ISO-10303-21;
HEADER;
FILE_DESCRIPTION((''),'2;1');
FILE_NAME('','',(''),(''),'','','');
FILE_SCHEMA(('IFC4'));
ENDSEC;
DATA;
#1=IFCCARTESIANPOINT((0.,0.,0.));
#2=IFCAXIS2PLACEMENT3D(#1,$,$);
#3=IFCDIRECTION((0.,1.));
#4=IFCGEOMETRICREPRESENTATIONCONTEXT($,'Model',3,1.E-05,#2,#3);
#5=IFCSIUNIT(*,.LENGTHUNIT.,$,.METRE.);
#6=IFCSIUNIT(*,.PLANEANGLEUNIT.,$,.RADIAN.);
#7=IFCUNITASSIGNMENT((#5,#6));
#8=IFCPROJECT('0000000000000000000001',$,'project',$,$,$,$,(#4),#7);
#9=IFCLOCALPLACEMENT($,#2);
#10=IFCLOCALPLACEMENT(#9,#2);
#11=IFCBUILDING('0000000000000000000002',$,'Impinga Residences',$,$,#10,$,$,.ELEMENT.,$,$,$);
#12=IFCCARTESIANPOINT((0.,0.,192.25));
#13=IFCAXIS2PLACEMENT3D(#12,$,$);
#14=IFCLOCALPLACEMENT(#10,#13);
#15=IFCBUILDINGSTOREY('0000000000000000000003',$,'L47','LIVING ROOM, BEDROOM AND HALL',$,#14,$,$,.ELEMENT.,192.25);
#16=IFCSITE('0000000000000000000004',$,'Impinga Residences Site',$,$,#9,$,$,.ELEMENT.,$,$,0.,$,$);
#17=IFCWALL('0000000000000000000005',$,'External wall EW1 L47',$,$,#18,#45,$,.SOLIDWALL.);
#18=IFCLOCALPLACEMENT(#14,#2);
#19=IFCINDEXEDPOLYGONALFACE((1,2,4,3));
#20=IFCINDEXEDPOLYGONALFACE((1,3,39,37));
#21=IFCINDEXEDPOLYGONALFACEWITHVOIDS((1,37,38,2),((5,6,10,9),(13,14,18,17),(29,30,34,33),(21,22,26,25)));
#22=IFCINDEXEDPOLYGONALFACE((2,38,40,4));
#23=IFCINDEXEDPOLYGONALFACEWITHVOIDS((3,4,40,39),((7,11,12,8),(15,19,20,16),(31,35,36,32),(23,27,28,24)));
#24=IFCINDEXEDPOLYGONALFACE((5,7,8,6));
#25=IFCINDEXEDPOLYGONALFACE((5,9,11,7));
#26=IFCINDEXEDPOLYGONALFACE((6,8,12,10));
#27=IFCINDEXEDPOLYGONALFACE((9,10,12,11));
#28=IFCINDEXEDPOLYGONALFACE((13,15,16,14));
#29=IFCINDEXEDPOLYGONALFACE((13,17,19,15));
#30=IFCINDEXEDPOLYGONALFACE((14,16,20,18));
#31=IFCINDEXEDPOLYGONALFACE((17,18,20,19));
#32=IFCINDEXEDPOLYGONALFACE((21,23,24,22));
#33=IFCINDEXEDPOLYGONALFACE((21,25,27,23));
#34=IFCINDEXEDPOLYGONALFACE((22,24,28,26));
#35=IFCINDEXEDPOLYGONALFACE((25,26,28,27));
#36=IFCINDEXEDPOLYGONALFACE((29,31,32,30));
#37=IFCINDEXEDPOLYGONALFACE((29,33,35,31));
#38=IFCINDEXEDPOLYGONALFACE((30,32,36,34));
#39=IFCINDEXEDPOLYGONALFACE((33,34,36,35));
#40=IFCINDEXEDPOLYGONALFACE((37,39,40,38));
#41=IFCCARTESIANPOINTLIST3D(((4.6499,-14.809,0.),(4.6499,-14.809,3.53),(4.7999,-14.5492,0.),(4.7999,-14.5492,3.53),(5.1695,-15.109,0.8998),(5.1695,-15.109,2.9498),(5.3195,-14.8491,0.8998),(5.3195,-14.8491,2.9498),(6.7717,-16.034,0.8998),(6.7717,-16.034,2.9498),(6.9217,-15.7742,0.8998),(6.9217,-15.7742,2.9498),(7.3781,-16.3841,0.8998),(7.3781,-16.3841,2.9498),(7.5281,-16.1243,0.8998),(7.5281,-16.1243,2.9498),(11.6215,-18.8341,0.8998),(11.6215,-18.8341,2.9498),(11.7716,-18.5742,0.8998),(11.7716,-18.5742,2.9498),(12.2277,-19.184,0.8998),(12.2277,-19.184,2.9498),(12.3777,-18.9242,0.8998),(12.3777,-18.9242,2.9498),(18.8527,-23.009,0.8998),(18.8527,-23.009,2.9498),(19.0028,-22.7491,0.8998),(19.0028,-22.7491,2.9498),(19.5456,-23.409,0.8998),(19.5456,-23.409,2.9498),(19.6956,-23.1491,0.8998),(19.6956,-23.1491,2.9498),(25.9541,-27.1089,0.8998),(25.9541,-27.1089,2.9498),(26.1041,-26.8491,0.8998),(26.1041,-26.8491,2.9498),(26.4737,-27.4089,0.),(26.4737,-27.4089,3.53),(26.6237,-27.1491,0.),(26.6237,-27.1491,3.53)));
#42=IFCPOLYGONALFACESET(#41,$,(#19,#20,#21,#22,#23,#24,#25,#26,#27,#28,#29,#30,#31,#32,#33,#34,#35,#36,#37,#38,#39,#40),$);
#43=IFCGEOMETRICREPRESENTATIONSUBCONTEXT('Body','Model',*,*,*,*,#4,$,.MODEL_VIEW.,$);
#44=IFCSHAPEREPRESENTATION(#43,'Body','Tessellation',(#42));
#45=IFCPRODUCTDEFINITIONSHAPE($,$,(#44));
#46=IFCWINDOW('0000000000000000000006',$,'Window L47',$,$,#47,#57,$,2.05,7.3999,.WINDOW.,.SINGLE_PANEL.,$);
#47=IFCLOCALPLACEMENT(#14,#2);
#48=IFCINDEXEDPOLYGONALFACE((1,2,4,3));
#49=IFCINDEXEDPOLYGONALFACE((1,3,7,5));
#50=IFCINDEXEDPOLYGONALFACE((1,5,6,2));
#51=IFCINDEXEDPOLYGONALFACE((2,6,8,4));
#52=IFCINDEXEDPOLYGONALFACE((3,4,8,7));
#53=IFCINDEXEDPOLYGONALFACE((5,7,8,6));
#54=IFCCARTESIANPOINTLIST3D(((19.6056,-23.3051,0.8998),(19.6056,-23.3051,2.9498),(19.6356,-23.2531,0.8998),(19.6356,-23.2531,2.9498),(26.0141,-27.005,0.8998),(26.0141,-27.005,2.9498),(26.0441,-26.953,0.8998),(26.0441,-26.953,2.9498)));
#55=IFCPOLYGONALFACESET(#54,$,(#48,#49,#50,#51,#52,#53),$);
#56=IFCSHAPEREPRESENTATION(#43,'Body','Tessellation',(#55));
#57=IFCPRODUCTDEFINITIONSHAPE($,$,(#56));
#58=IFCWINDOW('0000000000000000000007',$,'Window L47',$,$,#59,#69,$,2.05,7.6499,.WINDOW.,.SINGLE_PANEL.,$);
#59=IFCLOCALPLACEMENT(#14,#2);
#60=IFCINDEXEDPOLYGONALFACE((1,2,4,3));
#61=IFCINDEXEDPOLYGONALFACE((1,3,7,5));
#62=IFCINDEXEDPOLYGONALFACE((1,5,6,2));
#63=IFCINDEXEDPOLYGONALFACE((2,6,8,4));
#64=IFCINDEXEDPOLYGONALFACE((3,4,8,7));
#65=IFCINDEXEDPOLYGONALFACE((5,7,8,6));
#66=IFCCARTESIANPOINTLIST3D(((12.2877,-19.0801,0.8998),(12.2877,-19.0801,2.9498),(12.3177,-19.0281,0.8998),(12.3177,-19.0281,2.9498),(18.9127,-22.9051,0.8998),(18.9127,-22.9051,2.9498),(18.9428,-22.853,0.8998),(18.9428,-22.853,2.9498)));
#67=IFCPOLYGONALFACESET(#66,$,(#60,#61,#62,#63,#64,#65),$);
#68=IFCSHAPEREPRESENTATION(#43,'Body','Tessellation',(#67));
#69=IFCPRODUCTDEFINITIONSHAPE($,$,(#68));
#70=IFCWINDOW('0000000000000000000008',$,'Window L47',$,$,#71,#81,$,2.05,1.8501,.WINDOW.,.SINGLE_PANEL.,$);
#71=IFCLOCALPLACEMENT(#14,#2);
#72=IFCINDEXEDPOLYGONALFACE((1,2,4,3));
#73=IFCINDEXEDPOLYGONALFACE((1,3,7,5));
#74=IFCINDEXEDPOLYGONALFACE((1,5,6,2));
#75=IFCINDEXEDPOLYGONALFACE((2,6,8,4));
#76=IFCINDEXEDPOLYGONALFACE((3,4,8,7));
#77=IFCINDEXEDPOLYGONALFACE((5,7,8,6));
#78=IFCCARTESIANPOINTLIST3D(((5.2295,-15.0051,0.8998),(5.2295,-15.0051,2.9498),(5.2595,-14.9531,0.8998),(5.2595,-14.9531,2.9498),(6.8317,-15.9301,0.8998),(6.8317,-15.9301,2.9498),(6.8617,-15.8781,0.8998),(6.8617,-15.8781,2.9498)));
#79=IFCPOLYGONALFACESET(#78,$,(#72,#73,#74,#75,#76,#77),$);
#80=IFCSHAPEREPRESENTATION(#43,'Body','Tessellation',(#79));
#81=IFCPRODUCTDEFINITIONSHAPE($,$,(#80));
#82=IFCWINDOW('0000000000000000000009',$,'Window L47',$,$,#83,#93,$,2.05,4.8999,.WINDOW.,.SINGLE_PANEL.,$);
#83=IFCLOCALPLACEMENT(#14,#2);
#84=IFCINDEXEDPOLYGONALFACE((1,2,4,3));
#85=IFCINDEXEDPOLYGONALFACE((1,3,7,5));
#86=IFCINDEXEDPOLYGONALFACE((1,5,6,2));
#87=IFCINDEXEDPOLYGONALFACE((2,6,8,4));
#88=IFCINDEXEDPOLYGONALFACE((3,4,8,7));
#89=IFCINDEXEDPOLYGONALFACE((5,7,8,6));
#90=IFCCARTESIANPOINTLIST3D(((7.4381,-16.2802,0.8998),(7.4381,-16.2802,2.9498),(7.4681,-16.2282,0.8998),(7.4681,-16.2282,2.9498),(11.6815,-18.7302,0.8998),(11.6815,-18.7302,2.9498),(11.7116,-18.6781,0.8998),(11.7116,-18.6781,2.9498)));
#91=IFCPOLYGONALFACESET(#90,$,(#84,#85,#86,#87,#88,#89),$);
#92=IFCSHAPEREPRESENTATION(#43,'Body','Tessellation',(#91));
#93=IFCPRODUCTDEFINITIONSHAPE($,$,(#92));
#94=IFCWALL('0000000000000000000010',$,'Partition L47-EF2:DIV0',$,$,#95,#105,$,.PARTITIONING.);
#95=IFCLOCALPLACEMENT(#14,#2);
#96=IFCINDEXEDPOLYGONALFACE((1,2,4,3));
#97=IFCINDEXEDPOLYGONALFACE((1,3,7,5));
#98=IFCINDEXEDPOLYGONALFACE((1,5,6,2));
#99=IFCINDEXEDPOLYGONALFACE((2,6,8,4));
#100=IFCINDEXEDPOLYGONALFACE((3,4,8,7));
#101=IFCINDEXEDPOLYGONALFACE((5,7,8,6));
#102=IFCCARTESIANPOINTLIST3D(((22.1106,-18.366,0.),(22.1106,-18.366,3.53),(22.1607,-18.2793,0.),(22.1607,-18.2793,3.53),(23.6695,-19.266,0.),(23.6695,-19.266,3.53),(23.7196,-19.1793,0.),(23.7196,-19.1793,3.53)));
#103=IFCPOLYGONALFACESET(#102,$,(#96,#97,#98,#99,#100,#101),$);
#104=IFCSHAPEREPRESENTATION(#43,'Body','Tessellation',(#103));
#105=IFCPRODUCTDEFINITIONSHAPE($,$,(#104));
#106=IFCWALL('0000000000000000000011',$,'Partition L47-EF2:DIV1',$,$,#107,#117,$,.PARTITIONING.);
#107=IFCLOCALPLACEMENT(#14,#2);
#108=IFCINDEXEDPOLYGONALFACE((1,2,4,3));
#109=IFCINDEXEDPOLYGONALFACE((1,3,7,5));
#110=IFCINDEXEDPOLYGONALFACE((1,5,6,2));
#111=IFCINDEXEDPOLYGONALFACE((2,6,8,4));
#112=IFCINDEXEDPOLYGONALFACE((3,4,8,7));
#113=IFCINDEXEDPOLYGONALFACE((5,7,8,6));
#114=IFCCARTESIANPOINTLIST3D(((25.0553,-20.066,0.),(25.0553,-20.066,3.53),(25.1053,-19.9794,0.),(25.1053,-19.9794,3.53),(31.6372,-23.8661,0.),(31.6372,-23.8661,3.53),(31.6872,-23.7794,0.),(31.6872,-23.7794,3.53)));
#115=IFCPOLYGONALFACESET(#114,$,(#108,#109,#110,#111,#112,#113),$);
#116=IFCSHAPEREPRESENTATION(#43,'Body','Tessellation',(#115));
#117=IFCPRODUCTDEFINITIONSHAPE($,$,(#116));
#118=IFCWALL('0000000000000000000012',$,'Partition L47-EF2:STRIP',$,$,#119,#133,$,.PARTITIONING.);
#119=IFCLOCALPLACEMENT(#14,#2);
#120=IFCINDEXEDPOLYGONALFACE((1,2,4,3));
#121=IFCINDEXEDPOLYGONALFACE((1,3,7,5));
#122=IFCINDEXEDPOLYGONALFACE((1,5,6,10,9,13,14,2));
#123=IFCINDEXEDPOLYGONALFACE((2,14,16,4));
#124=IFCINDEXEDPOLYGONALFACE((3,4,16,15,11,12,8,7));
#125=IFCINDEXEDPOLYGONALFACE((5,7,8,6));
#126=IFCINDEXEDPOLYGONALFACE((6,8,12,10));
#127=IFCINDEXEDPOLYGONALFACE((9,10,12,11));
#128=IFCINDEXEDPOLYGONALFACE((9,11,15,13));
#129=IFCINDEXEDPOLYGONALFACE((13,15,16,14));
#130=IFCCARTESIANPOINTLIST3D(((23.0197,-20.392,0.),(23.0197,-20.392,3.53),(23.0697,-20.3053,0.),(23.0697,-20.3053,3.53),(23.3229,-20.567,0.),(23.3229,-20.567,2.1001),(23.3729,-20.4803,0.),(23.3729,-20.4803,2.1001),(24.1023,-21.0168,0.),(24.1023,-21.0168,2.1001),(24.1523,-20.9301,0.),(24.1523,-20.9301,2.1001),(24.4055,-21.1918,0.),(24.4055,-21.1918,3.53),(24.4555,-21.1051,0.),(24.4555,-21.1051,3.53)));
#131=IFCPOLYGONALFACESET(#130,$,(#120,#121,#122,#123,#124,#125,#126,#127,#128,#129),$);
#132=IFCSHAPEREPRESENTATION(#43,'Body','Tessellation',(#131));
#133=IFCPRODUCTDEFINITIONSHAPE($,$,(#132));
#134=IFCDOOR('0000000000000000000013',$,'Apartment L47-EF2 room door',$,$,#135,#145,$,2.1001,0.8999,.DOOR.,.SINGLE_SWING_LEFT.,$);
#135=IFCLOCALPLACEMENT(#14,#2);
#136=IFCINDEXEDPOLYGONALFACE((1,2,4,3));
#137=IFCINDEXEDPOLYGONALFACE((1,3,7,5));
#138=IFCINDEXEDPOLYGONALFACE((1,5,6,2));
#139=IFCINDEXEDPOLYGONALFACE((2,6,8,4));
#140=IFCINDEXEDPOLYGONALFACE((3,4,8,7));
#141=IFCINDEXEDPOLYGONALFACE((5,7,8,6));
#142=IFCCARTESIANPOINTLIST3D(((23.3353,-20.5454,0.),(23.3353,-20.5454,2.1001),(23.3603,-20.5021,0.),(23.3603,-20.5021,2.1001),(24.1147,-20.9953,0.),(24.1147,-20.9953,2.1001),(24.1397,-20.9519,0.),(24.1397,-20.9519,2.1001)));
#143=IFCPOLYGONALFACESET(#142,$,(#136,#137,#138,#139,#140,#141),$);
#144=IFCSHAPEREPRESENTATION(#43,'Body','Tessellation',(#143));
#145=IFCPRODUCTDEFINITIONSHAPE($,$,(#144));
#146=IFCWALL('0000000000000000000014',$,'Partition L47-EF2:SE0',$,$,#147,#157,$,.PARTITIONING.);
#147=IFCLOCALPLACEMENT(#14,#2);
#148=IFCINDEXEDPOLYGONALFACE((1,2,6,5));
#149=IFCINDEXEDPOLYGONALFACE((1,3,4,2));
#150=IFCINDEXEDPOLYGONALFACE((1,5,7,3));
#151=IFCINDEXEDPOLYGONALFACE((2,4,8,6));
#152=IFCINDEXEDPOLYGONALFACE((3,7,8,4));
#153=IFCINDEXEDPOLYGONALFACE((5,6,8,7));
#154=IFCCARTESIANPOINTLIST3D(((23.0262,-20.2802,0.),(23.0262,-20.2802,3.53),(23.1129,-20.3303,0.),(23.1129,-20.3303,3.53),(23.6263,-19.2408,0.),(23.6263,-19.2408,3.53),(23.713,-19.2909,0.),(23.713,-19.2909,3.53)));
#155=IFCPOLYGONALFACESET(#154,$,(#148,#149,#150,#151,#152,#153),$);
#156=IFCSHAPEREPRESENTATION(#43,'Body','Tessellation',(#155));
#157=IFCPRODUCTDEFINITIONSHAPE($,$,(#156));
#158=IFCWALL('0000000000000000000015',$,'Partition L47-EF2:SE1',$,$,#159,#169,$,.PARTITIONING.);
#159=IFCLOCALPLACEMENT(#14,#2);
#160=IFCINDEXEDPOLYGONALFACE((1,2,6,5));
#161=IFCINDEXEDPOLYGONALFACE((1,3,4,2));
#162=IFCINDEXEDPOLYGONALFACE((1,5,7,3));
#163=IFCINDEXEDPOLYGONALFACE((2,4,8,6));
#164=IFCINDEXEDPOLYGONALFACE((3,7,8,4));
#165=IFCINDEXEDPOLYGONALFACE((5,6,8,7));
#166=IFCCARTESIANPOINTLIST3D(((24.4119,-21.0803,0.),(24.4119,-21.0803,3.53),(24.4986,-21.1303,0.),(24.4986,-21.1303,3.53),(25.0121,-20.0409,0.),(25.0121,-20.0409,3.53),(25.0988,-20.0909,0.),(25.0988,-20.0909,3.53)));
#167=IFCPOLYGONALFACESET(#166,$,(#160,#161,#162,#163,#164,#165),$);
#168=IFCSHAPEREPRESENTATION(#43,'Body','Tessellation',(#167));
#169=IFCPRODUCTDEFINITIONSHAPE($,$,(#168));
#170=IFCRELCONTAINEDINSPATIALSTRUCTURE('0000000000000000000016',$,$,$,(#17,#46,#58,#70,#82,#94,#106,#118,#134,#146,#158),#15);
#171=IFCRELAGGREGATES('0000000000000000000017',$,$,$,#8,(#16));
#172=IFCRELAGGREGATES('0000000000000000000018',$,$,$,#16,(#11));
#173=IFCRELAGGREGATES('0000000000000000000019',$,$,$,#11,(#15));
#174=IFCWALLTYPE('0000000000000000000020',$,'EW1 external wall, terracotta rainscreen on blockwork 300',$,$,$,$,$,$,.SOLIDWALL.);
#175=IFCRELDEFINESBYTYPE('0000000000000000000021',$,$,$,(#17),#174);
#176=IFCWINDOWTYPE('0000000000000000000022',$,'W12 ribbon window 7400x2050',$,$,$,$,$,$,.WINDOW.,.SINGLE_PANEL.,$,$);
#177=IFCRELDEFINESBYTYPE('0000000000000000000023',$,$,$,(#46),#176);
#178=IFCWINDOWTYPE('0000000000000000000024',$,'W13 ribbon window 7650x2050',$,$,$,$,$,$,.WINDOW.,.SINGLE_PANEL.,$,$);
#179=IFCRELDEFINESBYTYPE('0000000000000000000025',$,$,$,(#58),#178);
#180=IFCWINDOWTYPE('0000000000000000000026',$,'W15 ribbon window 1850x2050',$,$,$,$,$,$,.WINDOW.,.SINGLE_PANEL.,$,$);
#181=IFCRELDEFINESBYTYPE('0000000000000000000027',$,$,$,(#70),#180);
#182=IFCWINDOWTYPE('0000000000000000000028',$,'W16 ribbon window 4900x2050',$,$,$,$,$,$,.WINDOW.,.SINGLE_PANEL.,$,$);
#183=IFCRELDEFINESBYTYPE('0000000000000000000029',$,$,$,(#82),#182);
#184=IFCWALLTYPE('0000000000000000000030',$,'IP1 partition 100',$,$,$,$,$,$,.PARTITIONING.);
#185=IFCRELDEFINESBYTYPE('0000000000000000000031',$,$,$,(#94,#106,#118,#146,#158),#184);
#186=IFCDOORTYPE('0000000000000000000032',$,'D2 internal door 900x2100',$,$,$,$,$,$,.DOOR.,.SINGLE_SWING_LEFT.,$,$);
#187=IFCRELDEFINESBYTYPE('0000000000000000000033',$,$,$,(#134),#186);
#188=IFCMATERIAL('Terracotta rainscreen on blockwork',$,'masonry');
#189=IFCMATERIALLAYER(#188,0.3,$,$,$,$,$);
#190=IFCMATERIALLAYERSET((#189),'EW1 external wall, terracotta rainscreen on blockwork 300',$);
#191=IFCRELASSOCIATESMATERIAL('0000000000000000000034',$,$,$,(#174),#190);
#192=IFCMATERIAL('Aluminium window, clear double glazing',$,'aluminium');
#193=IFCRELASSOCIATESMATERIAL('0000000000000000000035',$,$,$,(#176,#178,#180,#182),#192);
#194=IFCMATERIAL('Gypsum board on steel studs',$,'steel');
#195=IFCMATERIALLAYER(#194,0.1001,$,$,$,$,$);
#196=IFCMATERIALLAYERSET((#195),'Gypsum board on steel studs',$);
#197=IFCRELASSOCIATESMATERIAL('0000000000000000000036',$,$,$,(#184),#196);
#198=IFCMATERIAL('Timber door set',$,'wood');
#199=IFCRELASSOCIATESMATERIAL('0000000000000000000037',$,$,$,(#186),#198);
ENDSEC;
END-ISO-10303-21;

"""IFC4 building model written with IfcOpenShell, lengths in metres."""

from ifc_helpers import new_model, si_unit, direction, frame, frame_2d, origin, place, context, subcontext, project, spatial, rectangle, extrude, material, layer, layer_set, type_object, element, fill, save


model = new_model("IFC4")

# Units and contexts
model_context = context("Model", 3, precision=1e-05, world=origin(), true_north=direction((0.0, 1.0)))
body_context = subcontext(model_context, "Body", "Model", "MODEL_VIEW")
ifc_project = project(units=[si_unit("LENGTHUNIT", "METRE"), si_unit("PLANEANGLEUNIT", "RADIAN")], contexts=[model_context])

# Site, building, storey
site_placement = place(None, origin())
site = spatial("IfcSite", under=ifc_project, at=site_placement, Name="Impinga Residences Site", CompositionType="ELEMENT", RefElevation=0.0)
building_placement = place(site_placement, origin())
building = spatial("IfcBuilding", under=site, at=building_placement, Name="Impinga Residences", CompositionType="ELEMENT")
storey_placement = place(building_placement, frame((0.0, 0.0, 192.25)))
storey = spatial("IfcBuildingStorey", under=building, at=storey_placement, Name="L47", Description="LIVING ROOM, BEDROOM AND HALL", CompositionType="ELEMENT", Elevation=192.25)

# Shared definitions
ifc_material_1 = material(Name="Timber door set", Category="wood")

# Shared definitions
ifc_material_2 = material(Name="Terracotta rainscreen on blockwork", Category="masonry")
ifc_layer_1 = layer(ifc_material_2, 0.3)
ifc_layer_set_1 = layer_set([ifc_layer_1], Name="EW1 external wall, terracotta rainscreen on blockwork 300")
wall_type_1 = type_object("IfcWallType", Name="EW1 external wall, terracotta rainscreen on blockwork 300", PredefinedType="SOLIDWALL", material=ifc_layer_set_1)

# Wall, openings, windows
wall_1_placement = place(storey_placement, frame((26.5488, -27.2791, 0.0), z_axis=(0.0, 0.0, 1.0), x_axis=(-0.866027, 0.499998, 0.0)))
wall_1 = element("IfcWall", 1, at=wall_1_placement, inside=storey, type_object=wall_type_1, Name="External wall EW1 L47", PredefinedType="SOLIDWALL", context=body_context, shape_type="SweptSolid", body=[
    extrude(rectangle(XDim=25.2, YDim=0.3, at=frame_2d((12.6001, 0.0))), origin(), (0.0, 0.0, 1.0), 3.53),
])
opening_1_placement = place(wall_1_placement, frame((0.6001, 0.0, 0.8999)))
opening_1 = element("IfcOpeningElement", 2, at=opening_1_placement, cuts=wall_1, PredefinedType="OPENING", context=body_context, shape_type="SweptSolid", body=[
    extrude(rectangle(XDim=7.3999, YDim=2.05, at=frame_2d((3.7, 1.0249))), frame((0.0, 0.1599, 0.0), z_axis=(0.0, -1.0, 0.0), x_axis=(1.0, 0.0, 0.0)), (0.0, 0.0, 1.0), 0.3201),
])
opening_2_placement = place(wall_1_placement, frame((8.8, 0.0, 0.8999)))
opening_2 = element("IfcOpeningElement", 3, at=opening_2_placement, cuts=wall_1, PredefinedType="OPENING", context=body_context, shape_type="SweptSolid", body=[
    extrude(rectangle(XDim=7.6499, YDim=2.05, at=frame_2d((3.825, 1.0249))), frame((0.0, 0.1599, 0.0), z_axis=(0.0, -1.0, 0.0), x_axis=(1.0, 0.0, 0.0)), (0.0, 0.0, 1.0), 0.3201),
])
opening_3_placement = place(wall_1_placement, frame((17.1499, 0.0, 0.8999)))
opening_3 = element("IfcOpeningElement", 4, at=opening_3_placement, cuts=wall_1, PredefinedType="OPENING", context=body_context, shape_type="SweptSolid", body=[
    extrude(rectangle(XDim=4.8999, YDim=2.05, at=frame_2d((2.45, 1.0249))), frame((0.0, 0.1599, 0.0), z_axis=(0.0, -1.0, 0.0), x_axis=(1.0, 0.0, 0.0)), (0.0, 0.0, 1.0), 0.3201),
])
opening_4_placement = place(wall_1_placement, frame((22.75, 0.0, 0.8999)))
opening_4 = element("IfcOpeningElement", 5, at=opening_4_placement, cuts=wall_1, PredefinedType="OPENING", context=body_context, shape_type="SweptSolid", body=[
    extrude(rectangle(XDim=1.8501, YDim=2.05, at=frame_2d((0.925, 1.0249))), frame((0.0, 0.1599, 0.0), z_axis=(0.0, -1.0, 0.0), x_axis=(1.0, 0.0, 0.0)), (0.0, 0.0, 1.0), 0.3201),
])
ifc_material_3 = material(Name="Aluminium window, clear double glazing", Category="aluminium")
window_type_1 = type_object("IfcWindowType", Name="W12 ribbon window 7400x2050", PartitioningType="SINGLE_PANEL", PredefinedType="WINDOW", material=ifc_material_3)
window_1_placement = place(opening_1_placement, origin())
window_1 = element("IfcWindow", 6, at=window_1_placement, inside=storey, type_object=window_type_1, Name="Window L47", OverallHeight=2.05, OverallWidth=7.3999, PartitioningType="SINGLE_PANEL", PredefinedType="WINDOW", context=body_context, shape_type="SweptSolid", body=[
    extrude(rectangle(XDim=7.3999, YDim=2.05, at=frame_2d((3.7, 1.0249))), frame((0.0, 0.03, 0.0), z_axis=(0.0, -1.0, 0.0), x_axis=(1.0, 0.0, 0.0)), (0.0, 0.0, 1.0), 0.0601),
])
fill(opening_1, window_1)
window_type_2 = type_object("IfcWindowType", Name="W13 ribbon window 7650x2050", PartitioningType="SINGLE_PANEL", PredefinedType="WINDOW", material=ifc_material_3)
window_2_placement = place(opening_2_placement, origin())
window_2 = element("IfcWindow", 7, at=window_2_placement, inside=storey, type_object=window_type_2, Name="Window L47", OverallHeight=2.05, OverallWidth=7.6499, PartitioningType="SINGLE_PANEL", PredefinedType="WINDOW", context=body_context, shape_type="SweptSolid", body=[
    extrude(rectangle(XDim=7.6499, YDim=2.05, at=frame_2d((3.825, 1.0249))), frame((0.0, 0.03, 0.0), z_axis=(0.0, -1.0, 0.0), x_axis=(1.0, 0.0, 0.0)), (0.0, 0.0, 1.0), 0.0601),
])
fill(opening_2, window_2)
window_type_3 = type_object("IfcWindowType", Name="W15 ribbon window 1850x2050", PartitioningType="SINGLE_PANEL", PredefinedType="WINDOW", material=ifc_material_3)
window_3_placement = place(opening_4_placement, origin())
window_3 = element("IfcWindow", 8, at=window_3_placement, inside=storey, type_object=window_type_3, Name="Window L47", OverallHeight=2.05, OverallWidth=1.8501, PartitioningType="SINGLE_PANEL", PredefinedType="WINDOW", context=body_context, shape_type="SweptSolid", body=[
    extrude(rectangle(XDim=1.8501, YDim=2.05, at=frame_2d((0.925, 1.0249))), frame((0.0, 0.03, 0.0), z_axis=(0.0, -1.0, 0.0), x_axis=(1.0, 0.0, 0.0)), (0.0, 0.0, 1.0), 0.0601),
])
fill(opening_4, window_3)
window_type_4 = type_object("IfcWindowType", Name="W16 ribbon window 4900x2050", PartitioningType="SINGLE_PANEL", PredefinedType="WINDOW", material=ifc_material_3)
window_4_placement = place(opening_3_placement, origin())
window_4 = element("IfcWindow", 9, at=window_4_placement, inside=storey, type_object=window_type_4, Name="Window L47", OverallHeight=2.05, OverallWidth=4.8999, PartitioningType="SINGLE_PANEL", PredefinedType="WINDOW", context=body_context, shape_type="SweptSolid", body=[
    extrude(rectangle(XDim=4.8999, YDim=2.05, at=frame_2d((2.45, 1.0249))), frame((0.0, 0.03, 0.0), z_axis=(0.0, -1.0, 0.0), x_axis=(1.0, 0.0, 0.0)), (0.0, 0.0, 1.0), 0.0601),
])
fill(opening_3, window_4)

# Walls
ifc_material_4 = material(Name="Gypsum board on steel studs", Category="steel")
ifc_layer_2 = layer(ifc_material_4, 0.1001)
ifc_layer_set_2 = layer_set([ifc_layer_2], Name="Gypsum board on steel studs")
wall_type_2 = type_object("IfcWallType", Name="IP1 partition 100", PredefinedType="PARTITIONING", material=ifc_layer_set_2)
wall_2_placement = place(storey_placement, frame((22.1357, -18.3228, 0.0), z_axis=(0.0, 0.0, 1.0), x_axis=(0.866048, -0.499961, 0.0)))
element("IfcWall", 10, at=wall_2_placement, inside=storey, type_object=wall_type_2, Name="Partition L47-EF2:DIV0", PredefinedType="PARTITIONING", context=body_context, shape_type="SweptSolid", body=[
    extrude(rectangle(XDim=1.8, YDim=0.1001, at=frame_2d((0.8999, 0.0))), origin(), (0.0, 0.0, 1.0), 3.53),
])
wall_3_placement = place(storey_placement, frame((25.0803, -20.0227, 0.0), z_axis=(0.0, 0.0, 1.0), x_axis=(0.866022, -0.500005, 0.0)))
element("IfcWall", 11, at=wall_3_placement, inside=storey, type_object=wall_type_2, Name="Partition L47-EF2:DIV1", PredefinedType="PARTITIONING", context=body_context, shape_type="SweptSolid", body=[
    extrude(rectangle(XDim=7.6001, YDim=0.1001, at=frame_2d((3.8, 0.0))), origin(), (0.0, 0.0, 1.0), 3.53),
])

# Wall, opening, door
wall_4_placement = place(storey_placement, frame((23.0447, -20.3486, 0.0), z_axis=(0.0, 0.0, 1.0), x_axis=(0.866094, -0.499881, 0.0)))
wall_4 = element("IfcWall", 12, at=wall_4_placement, inside=storey, type_object=wall_type_2, Name="Partition L47-EF2:STRIP", PredefinedType="PARTITIONING", context=body_context, shape_type="SweptSolid", body=[
    extrude(rectangle(XDim=1.6001, YDim=0.1001, at=frame_2d((0.8, 0.0))), origin(), (0.0, 0.0, 1.0), 3.53),
])
opening_5_placement = place(wall_4_placement, frame((0.3501, 0.0, 0.0)))
opening_5 = element("IfcOpeningElement", 13, at=opening_5_placement, cuts=wall_4, PredefinedType="OPENING", context=body_context, shape_type="SweptSolid", body=[
    extrude(rectangle(XDim=0.8999, YDim=2.1001, at=frame_2d((0.45, 1.05))), frame((0.0, 0.0601, 0.0), z_axis=(0.0, -1.0, 0.0), x_axis=(1.0, 0.0, 0.0)), (0.0, 0.0, 1.0), 0.1201),
])
door_type_1 = type_object("IfcDoorType", Name="D2 internal door 900x2100", OperationType="SINGLE_SWING_LEFT", PredefinedType="DOOR", material=ifc_material_1)
door_1_placement = place(opening_5_placement, origin())
door_1 = element("IfcDoor", 14, at=door_1_placement, inside=storey, type_object=door_type_1, Name="Apartment L47-EF2 room door", OperationType="SINGLE_SWING_LEFT", OverallHeight=2.1001, OverallWidth=0.8999, PredefinedType="DOOR", context=body_context, shape_type="SweptSolid", body=[
    extrude(rectangle(XDim=0.8999, YDim=2.1001, at=frame_2d((0.45, 1.05))), frame((0.0, 0.0249, 0.0), z_axis=(0.0, -1.0, 0.0), x_axis=(1.0, 0.0, 0.0)), (0.0, 0.0, 1.0), 0.05),
])
fill(opening_5, door_1)

# Walls
for number, where, z_axis, x_axis, name in (
    (15, (23.6697, -19.2659, 0.0), (0.0, 0.0, 1.0), (-0.500034, -0.866006, 0.0), "Partition L47-EF2:SE0"),
    (16, (25.0554, -20.0659, 0.0), (0.0, 0.0, 1.0), (-0.500034, -0.866006, 0.0), "Partition L47-EF2:SE1"),
):
    element("IfcWall", number, at=place(storey_placement, frame(where, z_axis=z_axis, x_axis=x_axis)), inside=storey, type_object=wall_type_2, Name=name, PredefinedType="PARTITIONING", context=body_context, shape_type="SweptSolid", body=[
        extrude(rectangle(XDim=1.2002, YDim=0.1001, at=frame_2d((0.6001, 0.0))), origin(), (0.0, 0.0, 1.0), 3.53),
    ])

save(model, "model.ifc")
